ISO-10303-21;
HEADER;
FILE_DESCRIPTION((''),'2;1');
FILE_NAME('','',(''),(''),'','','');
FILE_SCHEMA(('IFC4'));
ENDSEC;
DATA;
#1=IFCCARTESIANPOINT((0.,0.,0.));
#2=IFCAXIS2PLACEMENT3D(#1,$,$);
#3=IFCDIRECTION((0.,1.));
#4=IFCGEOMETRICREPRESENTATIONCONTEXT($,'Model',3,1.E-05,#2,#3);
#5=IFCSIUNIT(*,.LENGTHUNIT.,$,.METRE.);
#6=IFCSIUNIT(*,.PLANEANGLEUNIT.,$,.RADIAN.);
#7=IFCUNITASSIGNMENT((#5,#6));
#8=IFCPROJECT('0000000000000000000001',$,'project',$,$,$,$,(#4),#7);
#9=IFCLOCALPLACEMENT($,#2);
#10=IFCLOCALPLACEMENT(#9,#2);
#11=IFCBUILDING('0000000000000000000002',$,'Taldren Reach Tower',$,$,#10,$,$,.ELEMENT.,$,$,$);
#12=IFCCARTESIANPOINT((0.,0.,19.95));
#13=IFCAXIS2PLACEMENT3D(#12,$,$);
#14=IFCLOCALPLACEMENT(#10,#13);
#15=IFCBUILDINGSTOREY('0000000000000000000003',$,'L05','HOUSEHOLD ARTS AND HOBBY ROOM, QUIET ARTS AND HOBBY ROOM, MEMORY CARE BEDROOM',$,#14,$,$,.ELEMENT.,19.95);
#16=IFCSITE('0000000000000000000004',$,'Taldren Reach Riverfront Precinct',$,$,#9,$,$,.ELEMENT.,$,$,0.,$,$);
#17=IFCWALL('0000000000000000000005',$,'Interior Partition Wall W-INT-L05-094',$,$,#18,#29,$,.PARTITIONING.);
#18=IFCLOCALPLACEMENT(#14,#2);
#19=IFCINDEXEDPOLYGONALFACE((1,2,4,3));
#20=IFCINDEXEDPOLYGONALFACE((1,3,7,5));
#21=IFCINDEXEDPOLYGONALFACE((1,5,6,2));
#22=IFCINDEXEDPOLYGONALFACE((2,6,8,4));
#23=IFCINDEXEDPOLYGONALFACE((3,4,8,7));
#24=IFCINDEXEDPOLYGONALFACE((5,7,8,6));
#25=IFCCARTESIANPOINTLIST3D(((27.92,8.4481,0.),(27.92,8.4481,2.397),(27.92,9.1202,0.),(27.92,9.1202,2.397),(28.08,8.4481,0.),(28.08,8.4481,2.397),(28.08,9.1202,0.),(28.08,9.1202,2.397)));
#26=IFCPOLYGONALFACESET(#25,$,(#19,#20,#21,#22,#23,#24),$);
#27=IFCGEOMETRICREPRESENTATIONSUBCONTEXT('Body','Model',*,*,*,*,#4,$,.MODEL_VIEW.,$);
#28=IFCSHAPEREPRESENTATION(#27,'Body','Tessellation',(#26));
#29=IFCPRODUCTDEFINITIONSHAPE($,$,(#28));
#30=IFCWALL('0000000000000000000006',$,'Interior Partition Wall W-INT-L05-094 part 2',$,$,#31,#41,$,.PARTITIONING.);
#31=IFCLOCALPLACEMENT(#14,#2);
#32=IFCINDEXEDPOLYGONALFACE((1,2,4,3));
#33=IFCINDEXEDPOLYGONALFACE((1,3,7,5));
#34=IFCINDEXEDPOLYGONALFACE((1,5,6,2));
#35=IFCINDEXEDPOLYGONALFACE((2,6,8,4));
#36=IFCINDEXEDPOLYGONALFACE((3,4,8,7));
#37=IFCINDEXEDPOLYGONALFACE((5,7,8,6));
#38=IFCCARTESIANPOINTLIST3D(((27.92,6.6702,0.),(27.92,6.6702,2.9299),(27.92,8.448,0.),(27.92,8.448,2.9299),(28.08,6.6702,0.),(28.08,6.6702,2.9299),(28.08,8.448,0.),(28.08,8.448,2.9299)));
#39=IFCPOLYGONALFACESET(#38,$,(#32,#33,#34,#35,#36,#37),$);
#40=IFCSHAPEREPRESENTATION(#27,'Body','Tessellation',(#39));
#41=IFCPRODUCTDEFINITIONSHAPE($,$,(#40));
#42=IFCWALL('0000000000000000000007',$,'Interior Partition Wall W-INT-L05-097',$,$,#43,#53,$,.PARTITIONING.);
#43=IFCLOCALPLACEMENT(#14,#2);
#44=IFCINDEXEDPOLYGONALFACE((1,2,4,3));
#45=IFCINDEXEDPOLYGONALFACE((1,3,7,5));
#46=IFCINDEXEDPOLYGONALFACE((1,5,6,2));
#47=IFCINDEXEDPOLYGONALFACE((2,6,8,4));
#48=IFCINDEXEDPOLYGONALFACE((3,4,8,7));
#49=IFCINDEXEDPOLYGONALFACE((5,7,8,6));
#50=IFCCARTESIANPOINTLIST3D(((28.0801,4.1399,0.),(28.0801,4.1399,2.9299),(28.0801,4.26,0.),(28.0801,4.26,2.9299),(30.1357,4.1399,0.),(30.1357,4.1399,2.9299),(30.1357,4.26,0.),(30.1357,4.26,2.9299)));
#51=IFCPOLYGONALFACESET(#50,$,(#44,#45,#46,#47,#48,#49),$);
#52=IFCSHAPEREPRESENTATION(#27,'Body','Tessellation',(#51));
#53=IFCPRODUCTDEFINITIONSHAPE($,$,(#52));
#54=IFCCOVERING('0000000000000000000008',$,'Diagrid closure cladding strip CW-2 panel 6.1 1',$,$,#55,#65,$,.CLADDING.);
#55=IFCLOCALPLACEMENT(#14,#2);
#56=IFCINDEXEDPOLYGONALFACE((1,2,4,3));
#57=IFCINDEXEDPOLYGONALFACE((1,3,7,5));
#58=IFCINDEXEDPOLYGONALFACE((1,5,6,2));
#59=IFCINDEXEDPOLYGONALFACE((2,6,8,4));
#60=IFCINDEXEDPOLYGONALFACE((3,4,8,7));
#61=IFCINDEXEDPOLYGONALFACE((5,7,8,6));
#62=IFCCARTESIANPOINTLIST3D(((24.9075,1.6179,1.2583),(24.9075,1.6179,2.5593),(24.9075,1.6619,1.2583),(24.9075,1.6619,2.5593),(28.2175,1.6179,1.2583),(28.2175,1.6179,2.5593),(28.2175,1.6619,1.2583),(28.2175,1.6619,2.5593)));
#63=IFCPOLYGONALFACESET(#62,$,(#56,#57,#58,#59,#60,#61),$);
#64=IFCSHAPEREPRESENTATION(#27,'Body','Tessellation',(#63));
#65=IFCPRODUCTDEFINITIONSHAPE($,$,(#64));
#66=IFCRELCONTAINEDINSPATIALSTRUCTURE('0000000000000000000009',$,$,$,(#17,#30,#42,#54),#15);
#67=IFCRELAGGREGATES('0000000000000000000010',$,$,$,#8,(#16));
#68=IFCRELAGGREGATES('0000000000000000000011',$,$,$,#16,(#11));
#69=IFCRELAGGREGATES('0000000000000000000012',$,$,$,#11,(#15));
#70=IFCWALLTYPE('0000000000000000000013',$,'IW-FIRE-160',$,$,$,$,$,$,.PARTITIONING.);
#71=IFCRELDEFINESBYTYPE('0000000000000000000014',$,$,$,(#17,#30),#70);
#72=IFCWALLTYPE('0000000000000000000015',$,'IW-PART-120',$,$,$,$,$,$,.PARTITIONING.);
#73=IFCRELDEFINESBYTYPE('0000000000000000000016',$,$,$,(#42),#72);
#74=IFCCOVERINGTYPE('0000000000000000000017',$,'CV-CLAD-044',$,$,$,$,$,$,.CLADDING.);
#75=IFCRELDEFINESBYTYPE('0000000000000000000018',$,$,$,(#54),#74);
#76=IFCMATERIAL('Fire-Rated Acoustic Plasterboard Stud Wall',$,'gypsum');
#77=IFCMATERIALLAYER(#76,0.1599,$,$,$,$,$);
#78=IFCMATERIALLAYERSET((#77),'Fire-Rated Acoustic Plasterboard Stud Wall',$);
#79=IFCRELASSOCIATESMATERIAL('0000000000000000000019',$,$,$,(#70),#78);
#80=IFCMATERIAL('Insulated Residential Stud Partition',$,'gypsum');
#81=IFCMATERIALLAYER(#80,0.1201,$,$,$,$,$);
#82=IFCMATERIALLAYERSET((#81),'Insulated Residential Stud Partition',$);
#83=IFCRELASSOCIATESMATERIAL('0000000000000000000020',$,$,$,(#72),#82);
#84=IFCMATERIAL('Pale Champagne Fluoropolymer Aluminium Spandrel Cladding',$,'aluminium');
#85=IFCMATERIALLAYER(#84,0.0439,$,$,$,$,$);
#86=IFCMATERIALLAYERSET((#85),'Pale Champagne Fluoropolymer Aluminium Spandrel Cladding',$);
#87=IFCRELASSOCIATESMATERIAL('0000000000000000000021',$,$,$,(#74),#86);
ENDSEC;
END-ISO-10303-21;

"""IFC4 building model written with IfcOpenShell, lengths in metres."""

from ifc_helpers import new_model, si_unit, direction, frame, frame_2d, origin, origin_2d, place, context, subcontext, project, spatial, rectangle, extrude, source, transform, mapped, material, layer, layer_set, type_object, element, save


model = new_model("IFC4")

# Units and contexts
model_context = context("Model", 3, precision=1e-05, world=origin(), true_north=direction((0.0, 1.0)))
body_context = subcontext(model_context, "Body", "Model", "MODEL_VIEW")
ifc_project = project(units=[si_unit("LENGTHUNIT", "METRE"), si_unit("PLANEANGLEUNIT", "RADIAN")], contexts=[model_context])

# Site, building, storey
site_placement = place(None, origin())
site = spatial("IfcSite", under=ifc_project, at=site_placement, Name="Taldren Reach Riverfront Precinct", CompositionType="ELEMENT", RefElevation=0.0)
building_placement = place(site_placement, origin())
building = spatial("IfcBuilding", under=site, at=building_placement, Name="Taldren Reach Tower", CompositionType="ELEMENT")
storey_placement = place(building_placement, frame((0.0, 0.0, 19.95)))
storey = spatial("IfcBuildingStorey", under=building, at=storey_placement, Name="L05", Description="HOUSEHOLD ARTS AND HOBBY ROOM, QUIET ARTS AND HOBBY ROOM, MEMORY CARE BEDROOM", CompositionType="ELEMENT", Elevation=19.95)

# Shared definitions
ifc_material_1 = material(Name="Fire-Rated Acoustic Plasterboard Stud Wall", Category="gypsum")
ifc_layer_1 = layer(ifc_material_1, 0.1599)
ifc_layer_set_1 = layer_set([ifc_layer_1], Name="Fire-Rated Acoustic Plasterboard Stud Wall")
wall_type_1 = type_object("IfcWallType", Name="IW-FIRE-160", PredefinedType="PARTITIONING", material=ifc_layer_set_1)

# Walls
shared_shape_1 = source(origin(), body_context, "Body", "SweptSolid", [
    extrude(rectangle(XDim=0.6721, YDim=0.1599, at=frame_2d((0.3359, 0.0))), origin(), (0.0, 0.0, 1.0), 2.397),
])
wall_1_placement = place(storey_placement, frame((28.0, 9.1201, 0.0), z_axis=(0.0, 0.0, 1.0), x_axis=(0.0, -1.0, 0.0)))
element("IfcWall", 1, at=wall_1_placement, inside=storey, type_object=wall_type_1, Name="Interior Partition Wall W-INT-L05-094", PredefinedType="PARTITIONING", context=body_context, shape_type="MappedRepresentation", body=[
    mapped(shared_shape_1, transform((0.0, 0.0, 0.0), scale=1.0)),
])
shared_shape_2 = source(origin(), body_context, "Body", "SweptSolid", [
    extrude(rectangle(XDim=1.7778, YDim=0.1599, at=frame_2d((0.8889, 0.0))), origin(), (0.0, 0.0, 1.0), 2.9299),
])
wall_2_placement = place(storey_placement, frame((28.0, 8.448, 0.0), z_axis=(0.0, 0.0, 1.0), x_axis=(0.0, -1.0, 0.0)))
element("IfcWall", 2, at=wall_2_placement, inside=storey, type_object=wall_type_1, Name="Interior Partition Wall W-INT-L05-094 part 2", PredefinedType="PARTITIONING", context=body_context, shape_type="MappedRepresentation", body=[
    mapped(shared_shape_2, transform((0.0, 0.0, 0.0), scale=1.0)),
])
ifc_material_2 = material(Name="Insulated Residential Stud Partition", Category="gypsum")
ifc_layer_2 = layer(ifc_material_2, 0.1201)
ifc_layer_set_2 = layer_set([ifc_layer_2], Name="Insulated Residential Stud Partition")
wall_type_2 = type_object("IfcWallType", Name="IW-PART-120", PredefinedType="PARTITIONING", material=ifc_layer_set_2)
shared_shape_3 = source(origin(), body_context, "Body", "SweptSolid", [
    extrude(rectangle(XDim=2.0557, YDim=0.1201, at=frame_2d((1.0278, 0.0))), origin(), (0.0, 0.0, 1.0), 2.9299),
])
wall_3_placement = place(storey_placement, frame((28.0801, 4.2, 0.0), z_axis=(0.0, 0.0, 1.0), x_axis=(1.0, 0.0, 0.0)))
element("IfcWall", 3, at=wall_3_placement, inside=storey, type_object=wall_type_2, Name="Interior Partition Wall W-INT-L05-097", PredefinedType="PARTITIONING", context=body_context, shape_type="MappedRepresentation", body=[
    mapped(shared_shape_3, transform((0.0, 0.0, 0.0), scale=1.0)),
])

# Covering
ifc_material_3 = material(Name="Pale Champagne Fluoropolymer Aluminium Spandrel Cladding", Category="aluminium")
ifc_layer_3 = layer(ifc_material_3, 0.0439)
ifc_layer_set_3 = layer_set([ifc_layer_3], Name="Pale Champagne Fluoropolymer Aluminium Spandrel Cladding")
covering_type = type_object("IfcCoveringType", Name="CV-CLAD-044", PredefinedType="CLADDING", material=ifc_layer_set_3)
shared_shape_4 = source(origin(), body_context, "Body", "SweptSolid", [
    extrude(rectangle(XDim=3.3101, YDim=0.0439, at=origin_2d()), origin(), (0.0, 0.0, 1.0), 1.301),
])
covering_placement = place(storey_placement, frame((26.5625, 1.6399, 1.2583), z_axis=(0.0, 0.0, 1.0), x_axis=(1.0, 0.0, 0.0)))
element("IfcCovering", 4, at=covering_placement, inside=storey, type_object=covering_type, Name="Diagrid closure cladding strip CW-2 panel 6.1 1", PredefinedType="CLADDING", context=body_context, shape_type="MappedRepresentation", body=[
    mapped(shared_shape_4, transform((0.0, 0.0, 0.0), scale=1.0)),
])

save(model, "model.ifc")
